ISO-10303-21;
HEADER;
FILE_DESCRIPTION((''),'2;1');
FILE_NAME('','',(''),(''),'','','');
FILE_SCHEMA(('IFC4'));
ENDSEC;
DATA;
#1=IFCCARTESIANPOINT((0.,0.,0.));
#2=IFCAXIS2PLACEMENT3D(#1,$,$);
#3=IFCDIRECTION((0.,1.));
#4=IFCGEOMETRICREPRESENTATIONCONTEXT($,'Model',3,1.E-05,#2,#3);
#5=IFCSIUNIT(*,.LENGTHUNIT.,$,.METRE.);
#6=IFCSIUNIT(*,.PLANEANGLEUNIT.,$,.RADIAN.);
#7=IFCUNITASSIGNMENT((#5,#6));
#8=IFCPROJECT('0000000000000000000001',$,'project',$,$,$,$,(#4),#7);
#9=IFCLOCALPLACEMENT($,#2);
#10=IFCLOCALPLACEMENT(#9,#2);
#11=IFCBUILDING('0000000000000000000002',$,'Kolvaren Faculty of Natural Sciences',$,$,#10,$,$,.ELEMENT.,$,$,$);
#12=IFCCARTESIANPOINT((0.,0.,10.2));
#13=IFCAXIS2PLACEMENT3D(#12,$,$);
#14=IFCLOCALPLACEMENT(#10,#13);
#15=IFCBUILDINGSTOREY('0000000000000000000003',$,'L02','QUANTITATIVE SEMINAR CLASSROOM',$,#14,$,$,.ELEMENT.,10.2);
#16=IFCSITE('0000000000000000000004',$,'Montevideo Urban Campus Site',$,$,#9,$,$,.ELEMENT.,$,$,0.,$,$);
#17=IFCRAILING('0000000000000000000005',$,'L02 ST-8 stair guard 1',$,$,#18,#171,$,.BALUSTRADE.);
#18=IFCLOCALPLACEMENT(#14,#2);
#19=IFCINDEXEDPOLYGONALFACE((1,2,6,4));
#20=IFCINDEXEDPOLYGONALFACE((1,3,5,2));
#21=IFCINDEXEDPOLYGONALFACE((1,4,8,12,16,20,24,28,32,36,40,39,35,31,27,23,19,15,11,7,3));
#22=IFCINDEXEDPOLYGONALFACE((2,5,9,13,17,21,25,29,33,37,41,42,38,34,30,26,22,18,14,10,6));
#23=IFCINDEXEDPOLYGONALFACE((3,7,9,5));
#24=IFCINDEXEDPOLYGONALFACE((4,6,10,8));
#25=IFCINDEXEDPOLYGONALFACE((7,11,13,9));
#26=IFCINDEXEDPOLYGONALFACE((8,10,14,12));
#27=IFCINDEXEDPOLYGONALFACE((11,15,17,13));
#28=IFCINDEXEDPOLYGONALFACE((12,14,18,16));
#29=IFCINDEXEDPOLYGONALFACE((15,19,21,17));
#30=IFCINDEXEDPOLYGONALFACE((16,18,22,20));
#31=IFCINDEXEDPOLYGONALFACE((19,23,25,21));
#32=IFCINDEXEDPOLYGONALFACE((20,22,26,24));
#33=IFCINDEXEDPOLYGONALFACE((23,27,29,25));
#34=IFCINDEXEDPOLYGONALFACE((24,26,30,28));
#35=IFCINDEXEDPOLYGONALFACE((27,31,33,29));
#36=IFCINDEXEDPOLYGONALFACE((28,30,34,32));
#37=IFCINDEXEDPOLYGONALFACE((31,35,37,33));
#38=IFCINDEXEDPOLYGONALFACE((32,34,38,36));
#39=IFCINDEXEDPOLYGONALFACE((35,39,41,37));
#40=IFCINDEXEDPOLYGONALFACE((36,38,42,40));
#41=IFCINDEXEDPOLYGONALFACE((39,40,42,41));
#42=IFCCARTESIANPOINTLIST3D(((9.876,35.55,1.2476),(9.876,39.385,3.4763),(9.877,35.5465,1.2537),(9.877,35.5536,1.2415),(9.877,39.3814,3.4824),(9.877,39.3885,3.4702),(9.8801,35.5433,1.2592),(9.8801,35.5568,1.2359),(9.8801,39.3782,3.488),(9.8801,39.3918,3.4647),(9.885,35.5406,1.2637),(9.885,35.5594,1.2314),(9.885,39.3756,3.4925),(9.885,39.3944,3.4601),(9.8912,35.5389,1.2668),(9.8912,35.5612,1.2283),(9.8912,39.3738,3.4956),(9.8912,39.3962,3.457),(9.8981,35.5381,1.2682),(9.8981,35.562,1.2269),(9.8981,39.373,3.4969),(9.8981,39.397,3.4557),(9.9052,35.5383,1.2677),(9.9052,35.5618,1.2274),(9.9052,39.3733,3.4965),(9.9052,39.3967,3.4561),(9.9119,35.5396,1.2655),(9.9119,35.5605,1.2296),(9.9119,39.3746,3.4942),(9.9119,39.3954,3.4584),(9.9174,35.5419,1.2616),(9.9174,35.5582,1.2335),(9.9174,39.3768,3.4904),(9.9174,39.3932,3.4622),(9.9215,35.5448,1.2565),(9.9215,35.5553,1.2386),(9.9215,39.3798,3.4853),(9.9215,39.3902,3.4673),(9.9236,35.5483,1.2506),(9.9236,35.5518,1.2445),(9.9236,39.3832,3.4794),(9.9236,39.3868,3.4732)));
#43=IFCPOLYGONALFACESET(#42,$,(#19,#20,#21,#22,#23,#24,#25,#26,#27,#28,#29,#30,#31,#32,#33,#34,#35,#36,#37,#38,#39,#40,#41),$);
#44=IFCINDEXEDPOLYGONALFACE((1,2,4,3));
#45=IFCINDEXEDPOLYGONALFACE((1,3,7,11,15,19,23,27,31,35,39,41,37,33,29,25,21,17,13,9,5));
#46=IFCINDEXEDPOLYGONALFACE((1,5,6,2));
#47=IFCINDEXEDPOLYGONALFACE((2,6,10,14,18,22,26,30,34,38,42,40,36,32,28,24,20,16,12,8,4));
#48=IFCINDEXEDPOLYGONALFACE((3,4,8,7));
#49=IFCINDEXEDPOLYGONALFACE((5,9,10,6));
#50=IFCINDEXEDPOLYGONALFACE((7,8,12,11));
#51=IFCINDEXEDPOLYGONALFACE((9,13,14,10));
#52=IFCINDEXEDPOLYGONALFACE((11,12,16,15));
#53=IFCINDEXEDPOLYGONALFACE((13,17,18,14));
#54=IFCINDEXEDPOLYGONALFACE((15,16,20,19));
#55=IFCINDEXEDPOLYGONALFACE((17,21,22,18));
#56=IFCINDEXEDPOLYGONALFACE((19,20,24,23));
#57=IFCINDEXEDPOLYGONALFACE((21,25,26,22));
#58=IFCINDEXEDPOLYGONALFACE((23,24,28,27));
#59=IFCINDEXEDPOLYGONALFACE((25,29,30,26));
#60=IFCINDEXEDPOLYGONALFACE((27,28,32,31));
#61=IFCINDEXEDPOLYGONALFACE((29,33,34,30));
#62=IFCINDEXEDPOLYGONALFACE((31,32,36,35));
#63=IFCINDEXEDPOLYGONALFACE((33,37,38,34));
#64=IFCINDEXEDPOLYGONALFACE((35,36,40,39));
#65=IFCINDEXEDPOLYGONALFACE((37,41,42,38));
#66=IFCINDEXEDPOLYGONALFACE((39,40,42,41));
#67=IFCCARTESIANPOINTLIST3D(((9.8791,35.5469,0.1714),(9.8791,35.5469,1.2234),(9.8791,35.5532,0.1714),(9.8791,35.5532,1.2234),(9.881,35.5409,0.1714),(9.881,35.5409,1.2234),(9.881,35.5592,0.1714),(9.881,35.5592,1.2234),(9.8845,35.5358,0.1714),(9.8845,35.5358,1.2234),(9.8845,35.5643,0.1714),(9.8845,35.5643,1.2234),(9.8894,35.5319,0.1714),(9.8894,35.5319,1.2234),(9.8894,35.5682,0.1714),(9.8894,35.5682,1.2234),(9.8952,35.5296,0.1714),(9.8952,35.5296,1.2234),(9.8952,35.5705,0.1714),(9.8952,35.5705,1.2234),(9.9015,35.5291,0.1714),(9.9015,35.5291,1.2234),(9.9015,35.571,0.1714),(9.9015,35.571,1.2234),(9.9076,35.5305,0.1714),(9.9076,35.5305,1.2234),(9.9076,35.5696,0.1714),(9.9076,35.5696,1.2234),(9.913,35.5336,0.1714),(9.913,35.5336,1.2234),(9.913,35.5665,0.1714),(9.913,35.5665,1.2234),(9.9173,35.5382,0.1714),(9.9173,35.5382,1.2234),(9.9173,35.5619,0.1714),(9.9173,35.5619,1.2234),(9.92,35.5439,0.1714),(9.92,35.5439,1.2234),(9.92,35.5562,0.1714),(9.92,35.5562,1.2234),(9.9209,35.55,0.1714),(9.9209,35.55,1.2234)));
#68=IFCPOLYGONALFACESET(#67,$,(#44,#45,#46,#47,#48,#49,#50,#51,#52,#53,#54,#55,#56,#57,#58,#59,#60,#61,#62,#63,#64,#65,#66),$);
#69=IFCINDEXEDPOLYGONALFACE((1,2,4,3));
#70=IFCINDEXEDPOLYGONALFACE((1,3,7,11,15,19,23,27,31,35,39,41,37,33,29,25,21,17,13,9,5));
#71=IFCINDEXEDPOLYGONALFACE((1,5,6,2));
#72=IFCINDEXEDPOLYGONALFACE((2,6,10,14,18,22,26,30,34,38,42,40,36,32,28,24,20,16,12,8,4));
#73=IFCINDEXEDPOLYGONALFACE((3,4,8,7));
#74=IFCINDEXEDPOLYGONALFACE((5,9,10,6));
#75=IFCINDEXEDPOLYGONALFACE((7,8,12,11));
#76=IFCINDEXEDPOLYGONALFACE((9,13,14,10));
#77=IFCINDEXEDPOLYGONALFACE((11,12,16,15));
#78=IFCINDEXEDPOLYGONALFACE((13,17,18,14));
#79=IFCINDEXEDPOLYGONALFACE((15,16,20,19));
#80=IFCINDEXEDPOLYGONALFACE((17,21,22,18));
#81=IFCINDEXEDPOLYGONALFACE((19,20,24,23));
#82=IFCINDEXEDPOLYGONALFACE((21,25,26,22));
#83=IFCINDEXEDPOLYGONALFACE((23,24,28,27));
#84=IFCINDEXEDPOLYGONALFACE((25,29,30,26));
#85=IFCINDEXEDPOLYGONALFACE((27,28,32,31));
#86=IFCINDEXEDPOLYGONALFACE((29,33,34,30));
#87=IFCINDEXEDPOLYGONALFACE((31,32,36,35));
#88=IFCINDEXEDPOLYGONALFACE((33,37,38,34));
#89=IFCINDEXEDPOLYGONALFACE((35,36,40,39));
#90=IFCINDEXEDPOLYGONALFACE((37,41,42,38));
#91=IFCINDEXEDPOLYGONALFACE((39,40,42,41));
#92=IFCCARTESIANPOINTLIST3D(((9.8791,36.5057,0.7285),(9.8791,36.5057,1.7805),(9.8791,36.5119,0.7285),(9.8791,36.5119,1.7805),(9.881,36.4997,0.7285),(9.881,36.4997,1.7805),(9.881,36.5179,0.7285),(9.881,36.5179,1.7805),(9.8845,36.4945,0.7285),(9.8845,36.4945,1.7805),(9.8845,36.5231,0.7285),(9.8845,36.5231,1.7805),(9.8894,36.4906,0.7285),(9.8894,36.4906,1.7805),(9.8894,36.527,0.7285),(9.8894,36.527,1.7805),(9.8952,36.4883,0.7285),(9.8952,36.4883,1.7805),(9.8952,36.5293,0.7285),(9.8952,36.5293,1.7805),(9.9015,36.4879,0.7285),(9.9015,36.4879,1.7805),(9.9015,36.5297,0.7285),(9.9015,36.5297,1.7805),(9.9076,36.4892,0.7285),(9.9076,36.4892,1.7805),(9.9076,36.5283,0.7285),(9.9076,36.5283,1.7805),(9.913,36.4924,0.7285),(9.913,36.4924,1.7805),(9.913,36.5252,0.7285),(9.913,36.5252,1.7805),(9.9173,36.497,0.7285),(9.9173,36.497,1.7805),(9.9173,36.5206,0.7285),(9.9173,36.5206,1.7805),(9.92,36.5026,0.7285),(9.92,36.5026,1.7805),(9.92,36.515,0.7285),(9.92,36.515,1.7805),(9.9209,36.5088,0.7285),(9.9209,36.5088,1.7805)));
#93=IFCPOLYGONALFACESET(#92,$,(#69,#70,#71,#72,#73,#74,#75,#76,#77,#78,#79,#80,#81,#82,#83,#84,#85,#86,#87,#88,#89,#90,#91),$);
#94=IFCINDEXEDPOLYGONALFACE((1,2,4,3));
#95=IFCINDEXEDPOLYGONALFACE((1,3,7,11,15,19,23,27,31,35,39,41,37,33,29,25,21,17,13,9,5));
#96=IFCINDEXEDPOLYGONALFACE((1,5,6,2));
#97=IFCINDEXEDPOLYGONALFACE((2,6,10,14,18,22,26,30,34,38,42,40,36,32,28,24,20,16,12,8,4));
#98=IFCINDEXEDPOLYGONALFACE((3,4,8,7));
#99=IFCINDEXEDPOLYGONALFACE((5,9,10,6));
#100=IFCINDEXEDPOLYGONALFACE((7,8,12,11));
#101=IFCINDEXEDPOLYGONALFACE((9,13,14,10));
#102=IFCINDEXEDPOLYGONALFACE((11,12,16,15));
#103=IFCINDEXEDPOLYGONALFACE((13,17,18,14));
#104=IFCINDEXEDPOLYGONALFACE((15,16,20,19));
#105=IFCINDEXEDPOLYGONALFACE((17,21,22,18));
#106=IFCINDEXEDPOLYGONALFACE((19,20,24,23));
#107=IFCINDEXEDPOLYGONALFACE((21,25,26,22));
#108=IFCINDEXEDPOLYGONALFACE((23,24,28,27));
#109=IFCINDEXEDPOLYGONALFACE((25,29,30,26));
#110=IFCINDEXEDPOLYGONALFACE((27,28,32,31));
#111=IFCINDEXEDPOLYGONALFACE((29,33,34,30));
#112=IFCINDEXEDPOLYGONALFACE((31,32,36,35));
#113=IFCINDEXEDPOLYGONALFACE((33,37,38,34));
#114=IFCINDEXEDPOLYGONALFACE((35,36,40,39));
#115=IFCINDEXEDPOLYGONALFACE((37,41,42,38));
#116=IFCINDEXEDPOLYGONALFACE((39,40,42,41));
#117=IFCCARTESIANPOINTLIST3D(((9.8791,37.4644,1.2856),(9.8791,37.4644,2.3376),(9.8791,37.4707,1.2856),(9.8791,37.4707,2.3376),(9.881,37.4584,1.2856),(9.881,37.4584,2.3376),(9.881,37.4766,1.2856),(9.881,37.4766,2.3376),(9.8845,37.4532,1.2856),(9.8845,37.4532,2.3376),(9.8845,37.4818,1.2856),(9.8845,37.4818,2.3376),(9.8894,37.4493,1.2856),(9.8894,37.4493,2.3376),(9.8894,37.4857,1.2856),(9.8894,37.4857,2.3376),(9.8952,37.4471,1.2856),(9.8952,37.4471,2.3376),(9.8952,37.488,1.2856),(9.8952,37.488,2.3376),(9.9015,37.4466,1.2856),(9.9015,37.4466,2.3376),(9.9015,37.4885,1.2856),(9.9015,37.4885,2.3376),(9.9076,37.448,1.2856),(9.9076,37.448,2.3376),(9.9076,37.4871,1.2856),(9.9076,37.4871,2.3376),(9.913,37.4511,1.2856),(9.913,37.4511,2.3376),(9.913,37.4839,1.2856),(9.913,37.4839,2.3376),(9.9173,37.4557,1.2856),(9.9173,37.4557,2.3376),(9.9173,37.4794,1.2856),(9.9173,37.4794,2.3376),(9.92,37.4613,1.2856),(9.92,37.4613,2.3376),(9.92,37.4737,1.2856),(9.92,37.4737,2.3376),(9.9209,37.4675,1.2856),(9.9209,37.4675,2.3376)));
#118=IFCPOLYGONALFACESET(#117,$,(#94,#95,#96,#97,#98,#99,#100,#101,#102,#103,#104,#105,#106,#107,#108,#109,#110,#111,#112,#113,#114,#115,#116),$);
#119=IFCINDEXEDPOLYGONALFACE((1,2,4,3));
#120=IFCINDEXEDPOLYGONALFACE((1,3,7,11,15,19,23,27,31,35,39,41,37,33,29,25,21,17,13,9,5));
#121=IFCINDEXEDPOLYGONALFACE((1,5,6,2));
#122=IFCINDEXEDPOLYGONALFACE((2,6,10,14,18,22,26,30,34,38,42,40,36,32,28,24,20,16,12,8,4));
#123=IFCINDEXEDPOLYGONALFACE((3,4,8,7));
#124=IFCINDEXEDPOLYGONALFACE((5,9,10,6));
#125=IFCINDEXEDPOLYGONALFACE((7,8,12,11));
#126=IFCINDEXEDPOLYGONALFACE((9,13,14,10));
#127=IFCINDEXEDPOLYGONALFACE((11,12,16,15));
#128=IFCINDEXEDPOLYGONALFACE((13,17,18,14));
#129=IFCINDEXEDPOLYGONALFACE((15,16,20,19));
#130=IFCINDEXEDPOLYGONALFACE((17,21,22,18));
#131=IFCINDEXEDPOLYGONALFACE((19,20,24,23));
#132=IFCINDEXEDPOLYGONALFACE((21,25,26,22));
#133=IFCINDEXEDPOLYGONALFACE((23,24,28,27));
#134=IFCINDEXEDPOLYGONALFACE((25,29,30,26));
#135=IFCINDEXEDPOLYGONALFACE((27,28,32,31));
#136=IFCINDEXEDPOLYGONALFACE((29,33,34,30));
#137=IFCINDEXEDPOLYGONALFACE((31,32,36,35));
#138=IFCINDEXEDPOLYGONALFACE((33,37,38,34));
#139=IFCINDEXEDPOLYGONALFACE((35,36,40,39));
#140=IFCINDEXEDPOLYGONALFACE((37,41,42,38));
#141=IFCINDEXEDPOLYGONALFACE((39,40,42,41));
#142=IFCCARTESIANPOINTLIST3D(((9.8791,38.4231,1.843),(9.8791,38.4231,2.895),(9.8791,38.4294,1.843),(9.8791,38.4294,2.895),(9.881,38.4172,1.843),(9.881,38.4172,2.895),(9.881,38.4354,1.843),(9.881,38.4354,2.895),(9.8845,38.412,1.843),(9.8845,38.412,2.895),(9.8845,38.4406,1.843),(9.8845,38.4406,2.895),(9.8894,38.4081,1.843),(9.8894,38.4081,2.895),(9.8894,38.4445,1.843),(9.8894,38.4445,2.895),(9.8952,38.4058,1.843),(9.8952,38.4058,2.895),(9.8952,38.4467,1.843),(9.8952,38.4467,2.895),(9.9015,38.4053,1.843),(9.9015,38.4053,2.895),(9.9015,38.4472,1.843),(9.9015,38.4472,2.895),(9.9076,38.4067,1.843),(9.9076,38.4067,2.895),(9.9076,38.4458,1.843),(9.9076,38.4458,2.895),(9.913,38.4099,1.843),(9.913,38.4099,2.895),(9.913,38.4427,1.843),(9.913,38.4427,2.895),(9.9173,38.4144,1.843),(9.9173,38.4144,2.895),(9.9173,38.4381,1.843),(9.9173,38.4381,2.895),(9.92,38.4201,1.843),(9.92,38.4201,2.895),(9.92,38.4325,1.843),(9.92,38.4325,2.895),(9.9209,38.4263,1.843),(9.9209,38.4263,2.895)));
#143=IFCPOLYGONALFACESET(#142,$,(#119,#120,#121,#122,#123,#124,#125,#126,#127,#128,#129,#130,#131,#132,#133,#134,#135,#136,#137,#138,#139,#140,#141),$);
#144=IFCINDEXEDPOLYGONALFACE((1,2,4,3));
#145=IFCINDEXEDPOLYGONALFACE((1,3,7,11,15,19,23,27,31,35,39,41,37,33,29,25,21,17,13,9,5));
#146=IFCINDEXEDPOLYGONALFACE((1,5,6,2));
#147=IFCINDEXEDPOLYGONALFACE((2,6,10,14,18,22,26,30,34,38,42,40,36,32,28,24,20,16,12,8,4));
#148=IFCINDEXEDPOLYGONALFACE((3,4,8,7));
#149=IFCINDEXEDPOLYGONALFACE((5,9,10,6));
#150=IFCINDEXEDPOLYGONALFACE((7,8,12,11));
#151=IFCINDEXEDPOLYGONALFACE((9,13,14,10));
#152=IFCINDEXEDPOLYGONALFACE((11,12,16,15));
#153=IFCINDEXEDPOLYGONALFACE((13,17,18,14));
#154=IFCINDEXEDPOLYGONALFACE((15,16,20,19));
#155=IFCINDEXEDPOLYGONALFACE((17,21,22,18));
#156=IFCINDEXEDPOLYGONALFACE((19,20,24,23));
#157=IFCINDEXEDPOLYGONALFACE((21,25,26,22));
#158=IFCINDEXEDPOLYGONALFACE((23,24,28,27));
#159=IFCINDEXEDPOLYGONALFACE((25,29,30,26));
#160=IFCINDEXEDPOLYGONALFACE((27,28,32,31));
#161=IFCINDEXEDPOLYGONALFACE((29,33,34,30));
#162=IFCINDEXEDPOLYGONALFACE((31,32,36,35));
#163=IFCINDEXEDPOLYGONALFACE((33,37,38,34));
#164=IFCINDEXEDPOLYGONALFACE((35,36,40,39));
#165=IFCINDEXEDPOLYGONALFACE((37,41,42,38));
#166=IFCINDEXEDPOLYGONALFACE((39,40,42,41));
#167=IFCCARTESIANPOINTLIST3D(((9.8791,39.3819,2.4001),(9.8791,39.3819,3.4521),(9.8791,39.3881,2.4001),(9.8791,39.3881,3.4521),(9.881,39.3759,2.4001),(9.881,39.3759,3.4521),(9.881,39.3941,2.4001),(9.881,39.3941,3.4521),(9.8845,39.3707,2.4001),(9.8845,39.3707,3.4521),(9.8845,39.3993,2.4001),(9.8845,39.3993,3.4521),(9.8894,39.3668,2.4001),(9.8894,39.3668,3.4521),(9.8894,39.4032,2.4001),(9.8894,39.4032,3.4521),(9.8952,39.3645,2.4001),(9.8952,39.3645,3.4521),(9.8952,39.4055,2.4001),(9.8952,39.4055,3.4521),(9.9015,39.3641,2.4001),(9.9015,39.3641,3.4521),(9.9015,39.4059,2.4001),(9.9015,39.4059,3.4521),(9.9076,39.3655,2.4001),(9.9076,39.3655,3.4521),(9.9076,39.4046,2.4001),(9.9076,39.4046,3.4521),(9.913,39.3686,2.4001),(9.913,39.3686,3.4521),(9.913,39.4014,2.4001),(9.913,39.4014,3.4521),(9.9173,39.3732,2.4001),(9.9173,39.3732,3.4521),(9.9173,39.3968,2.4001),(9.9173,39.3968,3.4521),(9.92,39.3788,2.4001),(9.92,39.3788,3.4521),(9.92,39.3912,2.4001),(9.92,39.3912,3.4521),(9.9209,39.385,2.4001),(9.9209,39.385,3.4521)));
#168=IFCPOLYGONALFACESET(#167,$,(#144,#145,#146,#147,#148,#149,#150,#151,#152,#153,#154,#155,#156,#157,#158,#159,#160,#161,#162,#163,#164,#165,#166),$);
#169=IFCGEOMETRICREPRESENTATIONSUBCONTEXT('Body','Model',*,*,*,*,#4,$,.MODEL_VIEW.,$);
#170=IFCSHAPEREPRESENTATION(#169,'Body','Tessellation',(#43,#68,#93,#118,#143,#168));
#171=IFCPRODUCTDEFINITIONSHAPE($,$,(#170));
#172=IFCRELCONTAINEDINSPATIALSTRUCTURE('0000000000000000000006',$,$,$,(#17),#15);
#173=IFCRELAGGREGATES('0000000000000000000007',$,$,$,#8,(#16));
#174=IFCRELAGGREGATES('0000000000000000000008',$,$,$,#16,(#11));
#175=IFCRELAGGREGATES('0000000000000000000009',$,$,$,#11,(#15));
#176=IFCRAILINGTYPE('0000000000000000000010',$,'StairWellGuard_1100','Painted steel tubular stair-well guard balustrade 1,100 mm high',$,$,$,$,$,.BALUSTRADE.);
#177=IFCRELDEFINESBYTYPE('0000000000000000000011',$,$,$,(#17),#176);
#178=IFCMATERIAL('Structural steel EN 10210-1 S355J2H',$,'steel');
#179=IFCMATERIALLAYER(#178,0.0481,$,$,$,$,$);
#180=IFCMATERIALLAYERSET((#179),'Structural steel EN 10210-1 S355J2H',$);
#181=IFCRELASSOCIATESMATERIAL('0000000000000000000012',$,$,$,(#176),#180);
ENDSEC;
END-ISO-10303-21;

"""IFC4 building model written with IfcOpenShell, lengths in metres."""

from ifc_helpers import new_model, si_unit, direction, frame, origin, origin_2d, place, context, subcontext, project, spatial, circle, extrude, material, layer, layer_set, type_object, element, save


model = new_model("IFC4")

# Units and contexts
model_context = context("Model", 3, precision=1e-05, world=origin(), true_north=direction((0.0, 1.0)))
body_context = subcontext(model_context, "Body", "Model", "MODEL_VIEW")
ifc_project = project(units=[si_unit("LENGTHUNIT", "METRE"), si_unit("PLANEANGLEUNIT", "RADIAN")], contexts=[model_context])

# Site, building, storey
site_placement = place(None, origin())
site = spatial("IfcSite", under=ifc_project, at=site_placement, Name="Montevideo Urban Campus Site", CompositionType="ELEMENT", RefElevation=0.0)
building_placement = place(site_placement, origin())
building = spatial("IfcBuilding", under=site, at=building_placement, Name="Kolvaren Faculty of Natural Sciences", CompositionType="ELEMENT")
storey_placement = place(building_placement, frame((0.0, 0.0, 10.2)))
storey = spatial("IfcBuildingStorey", under=building, at=storey_placement, Name="L02", Description="QUANTITATIVE SEMINAR CLASSROOM", CompositionType="ELEMENT", Elevation=10.2)

# Railing
ifc_material_1 = material(Name="Structural steel EN 10210-1 S355J2H", Category="steel")
ifc_layer_1 = layer(ifc_material_1, 0.0481)
ifc_layer_set_1 = layer_set([ifc_layer_1], Name="Structural steel EN 10210-1 S355J2H")
railing_type = type_object("IfcRailingType", Name="StairWellGuard_1100", Description="Painted steel tubular stair-well guard balustrade 1,100 mm high", PredefinedType="BALUSTRADE", material=ifc_layer_set_1)
railing_1_placement = place(storey_placement, frame((9.8999, 35.55, 0.1714)))
element("IfcRailing", 1, at=railing_1_placement, inside=storey, type_object=railing_type, Name="L02 ST-8 stair guard 1", PredefinedType="BALUSTRADE", context=body_context, shape_type="SweptSolid", body=[
    extrude(circle(Radius=0.0239, at=origin_2d()), frame((0.0, 0.0, 1.0762), z_axis=(0.0, 0.864592, 0.502474), x_axis=(-1.0, 0.0, 0.0)), (0.0, 0.0, 1.0), 4.4355),
    extrude(circle(Radius=0.021, at=origin_2d()), origin(), (0.0, 0.0, 1.0), 1.052),
    extrude(circle(Radius=0.021, at=origin_2d()), frame((0.0, 0.9587, 0.5571)), (0.0, 0.0, 1.0), 1.052),
    extrude(circle(Radius=0.021, at=origin_2d()), frame((0.0, 1.9175, 1.1143)), (0.0, 0.0, 1.0), 1.052),
    extrude(circle(Radius=0.021, at=origin_2d()), frame((0.0, 2.8762, 1.6716)), (0.0, 0.0, 1.0), 1.052),
    extrude(circle(Radius=0.021, at=origin_2d()), frame((0.0, 3.835, 2.2288)), (0.0, 0.0, 1.0), 1.052),
])

save(model, "model.ifc")
